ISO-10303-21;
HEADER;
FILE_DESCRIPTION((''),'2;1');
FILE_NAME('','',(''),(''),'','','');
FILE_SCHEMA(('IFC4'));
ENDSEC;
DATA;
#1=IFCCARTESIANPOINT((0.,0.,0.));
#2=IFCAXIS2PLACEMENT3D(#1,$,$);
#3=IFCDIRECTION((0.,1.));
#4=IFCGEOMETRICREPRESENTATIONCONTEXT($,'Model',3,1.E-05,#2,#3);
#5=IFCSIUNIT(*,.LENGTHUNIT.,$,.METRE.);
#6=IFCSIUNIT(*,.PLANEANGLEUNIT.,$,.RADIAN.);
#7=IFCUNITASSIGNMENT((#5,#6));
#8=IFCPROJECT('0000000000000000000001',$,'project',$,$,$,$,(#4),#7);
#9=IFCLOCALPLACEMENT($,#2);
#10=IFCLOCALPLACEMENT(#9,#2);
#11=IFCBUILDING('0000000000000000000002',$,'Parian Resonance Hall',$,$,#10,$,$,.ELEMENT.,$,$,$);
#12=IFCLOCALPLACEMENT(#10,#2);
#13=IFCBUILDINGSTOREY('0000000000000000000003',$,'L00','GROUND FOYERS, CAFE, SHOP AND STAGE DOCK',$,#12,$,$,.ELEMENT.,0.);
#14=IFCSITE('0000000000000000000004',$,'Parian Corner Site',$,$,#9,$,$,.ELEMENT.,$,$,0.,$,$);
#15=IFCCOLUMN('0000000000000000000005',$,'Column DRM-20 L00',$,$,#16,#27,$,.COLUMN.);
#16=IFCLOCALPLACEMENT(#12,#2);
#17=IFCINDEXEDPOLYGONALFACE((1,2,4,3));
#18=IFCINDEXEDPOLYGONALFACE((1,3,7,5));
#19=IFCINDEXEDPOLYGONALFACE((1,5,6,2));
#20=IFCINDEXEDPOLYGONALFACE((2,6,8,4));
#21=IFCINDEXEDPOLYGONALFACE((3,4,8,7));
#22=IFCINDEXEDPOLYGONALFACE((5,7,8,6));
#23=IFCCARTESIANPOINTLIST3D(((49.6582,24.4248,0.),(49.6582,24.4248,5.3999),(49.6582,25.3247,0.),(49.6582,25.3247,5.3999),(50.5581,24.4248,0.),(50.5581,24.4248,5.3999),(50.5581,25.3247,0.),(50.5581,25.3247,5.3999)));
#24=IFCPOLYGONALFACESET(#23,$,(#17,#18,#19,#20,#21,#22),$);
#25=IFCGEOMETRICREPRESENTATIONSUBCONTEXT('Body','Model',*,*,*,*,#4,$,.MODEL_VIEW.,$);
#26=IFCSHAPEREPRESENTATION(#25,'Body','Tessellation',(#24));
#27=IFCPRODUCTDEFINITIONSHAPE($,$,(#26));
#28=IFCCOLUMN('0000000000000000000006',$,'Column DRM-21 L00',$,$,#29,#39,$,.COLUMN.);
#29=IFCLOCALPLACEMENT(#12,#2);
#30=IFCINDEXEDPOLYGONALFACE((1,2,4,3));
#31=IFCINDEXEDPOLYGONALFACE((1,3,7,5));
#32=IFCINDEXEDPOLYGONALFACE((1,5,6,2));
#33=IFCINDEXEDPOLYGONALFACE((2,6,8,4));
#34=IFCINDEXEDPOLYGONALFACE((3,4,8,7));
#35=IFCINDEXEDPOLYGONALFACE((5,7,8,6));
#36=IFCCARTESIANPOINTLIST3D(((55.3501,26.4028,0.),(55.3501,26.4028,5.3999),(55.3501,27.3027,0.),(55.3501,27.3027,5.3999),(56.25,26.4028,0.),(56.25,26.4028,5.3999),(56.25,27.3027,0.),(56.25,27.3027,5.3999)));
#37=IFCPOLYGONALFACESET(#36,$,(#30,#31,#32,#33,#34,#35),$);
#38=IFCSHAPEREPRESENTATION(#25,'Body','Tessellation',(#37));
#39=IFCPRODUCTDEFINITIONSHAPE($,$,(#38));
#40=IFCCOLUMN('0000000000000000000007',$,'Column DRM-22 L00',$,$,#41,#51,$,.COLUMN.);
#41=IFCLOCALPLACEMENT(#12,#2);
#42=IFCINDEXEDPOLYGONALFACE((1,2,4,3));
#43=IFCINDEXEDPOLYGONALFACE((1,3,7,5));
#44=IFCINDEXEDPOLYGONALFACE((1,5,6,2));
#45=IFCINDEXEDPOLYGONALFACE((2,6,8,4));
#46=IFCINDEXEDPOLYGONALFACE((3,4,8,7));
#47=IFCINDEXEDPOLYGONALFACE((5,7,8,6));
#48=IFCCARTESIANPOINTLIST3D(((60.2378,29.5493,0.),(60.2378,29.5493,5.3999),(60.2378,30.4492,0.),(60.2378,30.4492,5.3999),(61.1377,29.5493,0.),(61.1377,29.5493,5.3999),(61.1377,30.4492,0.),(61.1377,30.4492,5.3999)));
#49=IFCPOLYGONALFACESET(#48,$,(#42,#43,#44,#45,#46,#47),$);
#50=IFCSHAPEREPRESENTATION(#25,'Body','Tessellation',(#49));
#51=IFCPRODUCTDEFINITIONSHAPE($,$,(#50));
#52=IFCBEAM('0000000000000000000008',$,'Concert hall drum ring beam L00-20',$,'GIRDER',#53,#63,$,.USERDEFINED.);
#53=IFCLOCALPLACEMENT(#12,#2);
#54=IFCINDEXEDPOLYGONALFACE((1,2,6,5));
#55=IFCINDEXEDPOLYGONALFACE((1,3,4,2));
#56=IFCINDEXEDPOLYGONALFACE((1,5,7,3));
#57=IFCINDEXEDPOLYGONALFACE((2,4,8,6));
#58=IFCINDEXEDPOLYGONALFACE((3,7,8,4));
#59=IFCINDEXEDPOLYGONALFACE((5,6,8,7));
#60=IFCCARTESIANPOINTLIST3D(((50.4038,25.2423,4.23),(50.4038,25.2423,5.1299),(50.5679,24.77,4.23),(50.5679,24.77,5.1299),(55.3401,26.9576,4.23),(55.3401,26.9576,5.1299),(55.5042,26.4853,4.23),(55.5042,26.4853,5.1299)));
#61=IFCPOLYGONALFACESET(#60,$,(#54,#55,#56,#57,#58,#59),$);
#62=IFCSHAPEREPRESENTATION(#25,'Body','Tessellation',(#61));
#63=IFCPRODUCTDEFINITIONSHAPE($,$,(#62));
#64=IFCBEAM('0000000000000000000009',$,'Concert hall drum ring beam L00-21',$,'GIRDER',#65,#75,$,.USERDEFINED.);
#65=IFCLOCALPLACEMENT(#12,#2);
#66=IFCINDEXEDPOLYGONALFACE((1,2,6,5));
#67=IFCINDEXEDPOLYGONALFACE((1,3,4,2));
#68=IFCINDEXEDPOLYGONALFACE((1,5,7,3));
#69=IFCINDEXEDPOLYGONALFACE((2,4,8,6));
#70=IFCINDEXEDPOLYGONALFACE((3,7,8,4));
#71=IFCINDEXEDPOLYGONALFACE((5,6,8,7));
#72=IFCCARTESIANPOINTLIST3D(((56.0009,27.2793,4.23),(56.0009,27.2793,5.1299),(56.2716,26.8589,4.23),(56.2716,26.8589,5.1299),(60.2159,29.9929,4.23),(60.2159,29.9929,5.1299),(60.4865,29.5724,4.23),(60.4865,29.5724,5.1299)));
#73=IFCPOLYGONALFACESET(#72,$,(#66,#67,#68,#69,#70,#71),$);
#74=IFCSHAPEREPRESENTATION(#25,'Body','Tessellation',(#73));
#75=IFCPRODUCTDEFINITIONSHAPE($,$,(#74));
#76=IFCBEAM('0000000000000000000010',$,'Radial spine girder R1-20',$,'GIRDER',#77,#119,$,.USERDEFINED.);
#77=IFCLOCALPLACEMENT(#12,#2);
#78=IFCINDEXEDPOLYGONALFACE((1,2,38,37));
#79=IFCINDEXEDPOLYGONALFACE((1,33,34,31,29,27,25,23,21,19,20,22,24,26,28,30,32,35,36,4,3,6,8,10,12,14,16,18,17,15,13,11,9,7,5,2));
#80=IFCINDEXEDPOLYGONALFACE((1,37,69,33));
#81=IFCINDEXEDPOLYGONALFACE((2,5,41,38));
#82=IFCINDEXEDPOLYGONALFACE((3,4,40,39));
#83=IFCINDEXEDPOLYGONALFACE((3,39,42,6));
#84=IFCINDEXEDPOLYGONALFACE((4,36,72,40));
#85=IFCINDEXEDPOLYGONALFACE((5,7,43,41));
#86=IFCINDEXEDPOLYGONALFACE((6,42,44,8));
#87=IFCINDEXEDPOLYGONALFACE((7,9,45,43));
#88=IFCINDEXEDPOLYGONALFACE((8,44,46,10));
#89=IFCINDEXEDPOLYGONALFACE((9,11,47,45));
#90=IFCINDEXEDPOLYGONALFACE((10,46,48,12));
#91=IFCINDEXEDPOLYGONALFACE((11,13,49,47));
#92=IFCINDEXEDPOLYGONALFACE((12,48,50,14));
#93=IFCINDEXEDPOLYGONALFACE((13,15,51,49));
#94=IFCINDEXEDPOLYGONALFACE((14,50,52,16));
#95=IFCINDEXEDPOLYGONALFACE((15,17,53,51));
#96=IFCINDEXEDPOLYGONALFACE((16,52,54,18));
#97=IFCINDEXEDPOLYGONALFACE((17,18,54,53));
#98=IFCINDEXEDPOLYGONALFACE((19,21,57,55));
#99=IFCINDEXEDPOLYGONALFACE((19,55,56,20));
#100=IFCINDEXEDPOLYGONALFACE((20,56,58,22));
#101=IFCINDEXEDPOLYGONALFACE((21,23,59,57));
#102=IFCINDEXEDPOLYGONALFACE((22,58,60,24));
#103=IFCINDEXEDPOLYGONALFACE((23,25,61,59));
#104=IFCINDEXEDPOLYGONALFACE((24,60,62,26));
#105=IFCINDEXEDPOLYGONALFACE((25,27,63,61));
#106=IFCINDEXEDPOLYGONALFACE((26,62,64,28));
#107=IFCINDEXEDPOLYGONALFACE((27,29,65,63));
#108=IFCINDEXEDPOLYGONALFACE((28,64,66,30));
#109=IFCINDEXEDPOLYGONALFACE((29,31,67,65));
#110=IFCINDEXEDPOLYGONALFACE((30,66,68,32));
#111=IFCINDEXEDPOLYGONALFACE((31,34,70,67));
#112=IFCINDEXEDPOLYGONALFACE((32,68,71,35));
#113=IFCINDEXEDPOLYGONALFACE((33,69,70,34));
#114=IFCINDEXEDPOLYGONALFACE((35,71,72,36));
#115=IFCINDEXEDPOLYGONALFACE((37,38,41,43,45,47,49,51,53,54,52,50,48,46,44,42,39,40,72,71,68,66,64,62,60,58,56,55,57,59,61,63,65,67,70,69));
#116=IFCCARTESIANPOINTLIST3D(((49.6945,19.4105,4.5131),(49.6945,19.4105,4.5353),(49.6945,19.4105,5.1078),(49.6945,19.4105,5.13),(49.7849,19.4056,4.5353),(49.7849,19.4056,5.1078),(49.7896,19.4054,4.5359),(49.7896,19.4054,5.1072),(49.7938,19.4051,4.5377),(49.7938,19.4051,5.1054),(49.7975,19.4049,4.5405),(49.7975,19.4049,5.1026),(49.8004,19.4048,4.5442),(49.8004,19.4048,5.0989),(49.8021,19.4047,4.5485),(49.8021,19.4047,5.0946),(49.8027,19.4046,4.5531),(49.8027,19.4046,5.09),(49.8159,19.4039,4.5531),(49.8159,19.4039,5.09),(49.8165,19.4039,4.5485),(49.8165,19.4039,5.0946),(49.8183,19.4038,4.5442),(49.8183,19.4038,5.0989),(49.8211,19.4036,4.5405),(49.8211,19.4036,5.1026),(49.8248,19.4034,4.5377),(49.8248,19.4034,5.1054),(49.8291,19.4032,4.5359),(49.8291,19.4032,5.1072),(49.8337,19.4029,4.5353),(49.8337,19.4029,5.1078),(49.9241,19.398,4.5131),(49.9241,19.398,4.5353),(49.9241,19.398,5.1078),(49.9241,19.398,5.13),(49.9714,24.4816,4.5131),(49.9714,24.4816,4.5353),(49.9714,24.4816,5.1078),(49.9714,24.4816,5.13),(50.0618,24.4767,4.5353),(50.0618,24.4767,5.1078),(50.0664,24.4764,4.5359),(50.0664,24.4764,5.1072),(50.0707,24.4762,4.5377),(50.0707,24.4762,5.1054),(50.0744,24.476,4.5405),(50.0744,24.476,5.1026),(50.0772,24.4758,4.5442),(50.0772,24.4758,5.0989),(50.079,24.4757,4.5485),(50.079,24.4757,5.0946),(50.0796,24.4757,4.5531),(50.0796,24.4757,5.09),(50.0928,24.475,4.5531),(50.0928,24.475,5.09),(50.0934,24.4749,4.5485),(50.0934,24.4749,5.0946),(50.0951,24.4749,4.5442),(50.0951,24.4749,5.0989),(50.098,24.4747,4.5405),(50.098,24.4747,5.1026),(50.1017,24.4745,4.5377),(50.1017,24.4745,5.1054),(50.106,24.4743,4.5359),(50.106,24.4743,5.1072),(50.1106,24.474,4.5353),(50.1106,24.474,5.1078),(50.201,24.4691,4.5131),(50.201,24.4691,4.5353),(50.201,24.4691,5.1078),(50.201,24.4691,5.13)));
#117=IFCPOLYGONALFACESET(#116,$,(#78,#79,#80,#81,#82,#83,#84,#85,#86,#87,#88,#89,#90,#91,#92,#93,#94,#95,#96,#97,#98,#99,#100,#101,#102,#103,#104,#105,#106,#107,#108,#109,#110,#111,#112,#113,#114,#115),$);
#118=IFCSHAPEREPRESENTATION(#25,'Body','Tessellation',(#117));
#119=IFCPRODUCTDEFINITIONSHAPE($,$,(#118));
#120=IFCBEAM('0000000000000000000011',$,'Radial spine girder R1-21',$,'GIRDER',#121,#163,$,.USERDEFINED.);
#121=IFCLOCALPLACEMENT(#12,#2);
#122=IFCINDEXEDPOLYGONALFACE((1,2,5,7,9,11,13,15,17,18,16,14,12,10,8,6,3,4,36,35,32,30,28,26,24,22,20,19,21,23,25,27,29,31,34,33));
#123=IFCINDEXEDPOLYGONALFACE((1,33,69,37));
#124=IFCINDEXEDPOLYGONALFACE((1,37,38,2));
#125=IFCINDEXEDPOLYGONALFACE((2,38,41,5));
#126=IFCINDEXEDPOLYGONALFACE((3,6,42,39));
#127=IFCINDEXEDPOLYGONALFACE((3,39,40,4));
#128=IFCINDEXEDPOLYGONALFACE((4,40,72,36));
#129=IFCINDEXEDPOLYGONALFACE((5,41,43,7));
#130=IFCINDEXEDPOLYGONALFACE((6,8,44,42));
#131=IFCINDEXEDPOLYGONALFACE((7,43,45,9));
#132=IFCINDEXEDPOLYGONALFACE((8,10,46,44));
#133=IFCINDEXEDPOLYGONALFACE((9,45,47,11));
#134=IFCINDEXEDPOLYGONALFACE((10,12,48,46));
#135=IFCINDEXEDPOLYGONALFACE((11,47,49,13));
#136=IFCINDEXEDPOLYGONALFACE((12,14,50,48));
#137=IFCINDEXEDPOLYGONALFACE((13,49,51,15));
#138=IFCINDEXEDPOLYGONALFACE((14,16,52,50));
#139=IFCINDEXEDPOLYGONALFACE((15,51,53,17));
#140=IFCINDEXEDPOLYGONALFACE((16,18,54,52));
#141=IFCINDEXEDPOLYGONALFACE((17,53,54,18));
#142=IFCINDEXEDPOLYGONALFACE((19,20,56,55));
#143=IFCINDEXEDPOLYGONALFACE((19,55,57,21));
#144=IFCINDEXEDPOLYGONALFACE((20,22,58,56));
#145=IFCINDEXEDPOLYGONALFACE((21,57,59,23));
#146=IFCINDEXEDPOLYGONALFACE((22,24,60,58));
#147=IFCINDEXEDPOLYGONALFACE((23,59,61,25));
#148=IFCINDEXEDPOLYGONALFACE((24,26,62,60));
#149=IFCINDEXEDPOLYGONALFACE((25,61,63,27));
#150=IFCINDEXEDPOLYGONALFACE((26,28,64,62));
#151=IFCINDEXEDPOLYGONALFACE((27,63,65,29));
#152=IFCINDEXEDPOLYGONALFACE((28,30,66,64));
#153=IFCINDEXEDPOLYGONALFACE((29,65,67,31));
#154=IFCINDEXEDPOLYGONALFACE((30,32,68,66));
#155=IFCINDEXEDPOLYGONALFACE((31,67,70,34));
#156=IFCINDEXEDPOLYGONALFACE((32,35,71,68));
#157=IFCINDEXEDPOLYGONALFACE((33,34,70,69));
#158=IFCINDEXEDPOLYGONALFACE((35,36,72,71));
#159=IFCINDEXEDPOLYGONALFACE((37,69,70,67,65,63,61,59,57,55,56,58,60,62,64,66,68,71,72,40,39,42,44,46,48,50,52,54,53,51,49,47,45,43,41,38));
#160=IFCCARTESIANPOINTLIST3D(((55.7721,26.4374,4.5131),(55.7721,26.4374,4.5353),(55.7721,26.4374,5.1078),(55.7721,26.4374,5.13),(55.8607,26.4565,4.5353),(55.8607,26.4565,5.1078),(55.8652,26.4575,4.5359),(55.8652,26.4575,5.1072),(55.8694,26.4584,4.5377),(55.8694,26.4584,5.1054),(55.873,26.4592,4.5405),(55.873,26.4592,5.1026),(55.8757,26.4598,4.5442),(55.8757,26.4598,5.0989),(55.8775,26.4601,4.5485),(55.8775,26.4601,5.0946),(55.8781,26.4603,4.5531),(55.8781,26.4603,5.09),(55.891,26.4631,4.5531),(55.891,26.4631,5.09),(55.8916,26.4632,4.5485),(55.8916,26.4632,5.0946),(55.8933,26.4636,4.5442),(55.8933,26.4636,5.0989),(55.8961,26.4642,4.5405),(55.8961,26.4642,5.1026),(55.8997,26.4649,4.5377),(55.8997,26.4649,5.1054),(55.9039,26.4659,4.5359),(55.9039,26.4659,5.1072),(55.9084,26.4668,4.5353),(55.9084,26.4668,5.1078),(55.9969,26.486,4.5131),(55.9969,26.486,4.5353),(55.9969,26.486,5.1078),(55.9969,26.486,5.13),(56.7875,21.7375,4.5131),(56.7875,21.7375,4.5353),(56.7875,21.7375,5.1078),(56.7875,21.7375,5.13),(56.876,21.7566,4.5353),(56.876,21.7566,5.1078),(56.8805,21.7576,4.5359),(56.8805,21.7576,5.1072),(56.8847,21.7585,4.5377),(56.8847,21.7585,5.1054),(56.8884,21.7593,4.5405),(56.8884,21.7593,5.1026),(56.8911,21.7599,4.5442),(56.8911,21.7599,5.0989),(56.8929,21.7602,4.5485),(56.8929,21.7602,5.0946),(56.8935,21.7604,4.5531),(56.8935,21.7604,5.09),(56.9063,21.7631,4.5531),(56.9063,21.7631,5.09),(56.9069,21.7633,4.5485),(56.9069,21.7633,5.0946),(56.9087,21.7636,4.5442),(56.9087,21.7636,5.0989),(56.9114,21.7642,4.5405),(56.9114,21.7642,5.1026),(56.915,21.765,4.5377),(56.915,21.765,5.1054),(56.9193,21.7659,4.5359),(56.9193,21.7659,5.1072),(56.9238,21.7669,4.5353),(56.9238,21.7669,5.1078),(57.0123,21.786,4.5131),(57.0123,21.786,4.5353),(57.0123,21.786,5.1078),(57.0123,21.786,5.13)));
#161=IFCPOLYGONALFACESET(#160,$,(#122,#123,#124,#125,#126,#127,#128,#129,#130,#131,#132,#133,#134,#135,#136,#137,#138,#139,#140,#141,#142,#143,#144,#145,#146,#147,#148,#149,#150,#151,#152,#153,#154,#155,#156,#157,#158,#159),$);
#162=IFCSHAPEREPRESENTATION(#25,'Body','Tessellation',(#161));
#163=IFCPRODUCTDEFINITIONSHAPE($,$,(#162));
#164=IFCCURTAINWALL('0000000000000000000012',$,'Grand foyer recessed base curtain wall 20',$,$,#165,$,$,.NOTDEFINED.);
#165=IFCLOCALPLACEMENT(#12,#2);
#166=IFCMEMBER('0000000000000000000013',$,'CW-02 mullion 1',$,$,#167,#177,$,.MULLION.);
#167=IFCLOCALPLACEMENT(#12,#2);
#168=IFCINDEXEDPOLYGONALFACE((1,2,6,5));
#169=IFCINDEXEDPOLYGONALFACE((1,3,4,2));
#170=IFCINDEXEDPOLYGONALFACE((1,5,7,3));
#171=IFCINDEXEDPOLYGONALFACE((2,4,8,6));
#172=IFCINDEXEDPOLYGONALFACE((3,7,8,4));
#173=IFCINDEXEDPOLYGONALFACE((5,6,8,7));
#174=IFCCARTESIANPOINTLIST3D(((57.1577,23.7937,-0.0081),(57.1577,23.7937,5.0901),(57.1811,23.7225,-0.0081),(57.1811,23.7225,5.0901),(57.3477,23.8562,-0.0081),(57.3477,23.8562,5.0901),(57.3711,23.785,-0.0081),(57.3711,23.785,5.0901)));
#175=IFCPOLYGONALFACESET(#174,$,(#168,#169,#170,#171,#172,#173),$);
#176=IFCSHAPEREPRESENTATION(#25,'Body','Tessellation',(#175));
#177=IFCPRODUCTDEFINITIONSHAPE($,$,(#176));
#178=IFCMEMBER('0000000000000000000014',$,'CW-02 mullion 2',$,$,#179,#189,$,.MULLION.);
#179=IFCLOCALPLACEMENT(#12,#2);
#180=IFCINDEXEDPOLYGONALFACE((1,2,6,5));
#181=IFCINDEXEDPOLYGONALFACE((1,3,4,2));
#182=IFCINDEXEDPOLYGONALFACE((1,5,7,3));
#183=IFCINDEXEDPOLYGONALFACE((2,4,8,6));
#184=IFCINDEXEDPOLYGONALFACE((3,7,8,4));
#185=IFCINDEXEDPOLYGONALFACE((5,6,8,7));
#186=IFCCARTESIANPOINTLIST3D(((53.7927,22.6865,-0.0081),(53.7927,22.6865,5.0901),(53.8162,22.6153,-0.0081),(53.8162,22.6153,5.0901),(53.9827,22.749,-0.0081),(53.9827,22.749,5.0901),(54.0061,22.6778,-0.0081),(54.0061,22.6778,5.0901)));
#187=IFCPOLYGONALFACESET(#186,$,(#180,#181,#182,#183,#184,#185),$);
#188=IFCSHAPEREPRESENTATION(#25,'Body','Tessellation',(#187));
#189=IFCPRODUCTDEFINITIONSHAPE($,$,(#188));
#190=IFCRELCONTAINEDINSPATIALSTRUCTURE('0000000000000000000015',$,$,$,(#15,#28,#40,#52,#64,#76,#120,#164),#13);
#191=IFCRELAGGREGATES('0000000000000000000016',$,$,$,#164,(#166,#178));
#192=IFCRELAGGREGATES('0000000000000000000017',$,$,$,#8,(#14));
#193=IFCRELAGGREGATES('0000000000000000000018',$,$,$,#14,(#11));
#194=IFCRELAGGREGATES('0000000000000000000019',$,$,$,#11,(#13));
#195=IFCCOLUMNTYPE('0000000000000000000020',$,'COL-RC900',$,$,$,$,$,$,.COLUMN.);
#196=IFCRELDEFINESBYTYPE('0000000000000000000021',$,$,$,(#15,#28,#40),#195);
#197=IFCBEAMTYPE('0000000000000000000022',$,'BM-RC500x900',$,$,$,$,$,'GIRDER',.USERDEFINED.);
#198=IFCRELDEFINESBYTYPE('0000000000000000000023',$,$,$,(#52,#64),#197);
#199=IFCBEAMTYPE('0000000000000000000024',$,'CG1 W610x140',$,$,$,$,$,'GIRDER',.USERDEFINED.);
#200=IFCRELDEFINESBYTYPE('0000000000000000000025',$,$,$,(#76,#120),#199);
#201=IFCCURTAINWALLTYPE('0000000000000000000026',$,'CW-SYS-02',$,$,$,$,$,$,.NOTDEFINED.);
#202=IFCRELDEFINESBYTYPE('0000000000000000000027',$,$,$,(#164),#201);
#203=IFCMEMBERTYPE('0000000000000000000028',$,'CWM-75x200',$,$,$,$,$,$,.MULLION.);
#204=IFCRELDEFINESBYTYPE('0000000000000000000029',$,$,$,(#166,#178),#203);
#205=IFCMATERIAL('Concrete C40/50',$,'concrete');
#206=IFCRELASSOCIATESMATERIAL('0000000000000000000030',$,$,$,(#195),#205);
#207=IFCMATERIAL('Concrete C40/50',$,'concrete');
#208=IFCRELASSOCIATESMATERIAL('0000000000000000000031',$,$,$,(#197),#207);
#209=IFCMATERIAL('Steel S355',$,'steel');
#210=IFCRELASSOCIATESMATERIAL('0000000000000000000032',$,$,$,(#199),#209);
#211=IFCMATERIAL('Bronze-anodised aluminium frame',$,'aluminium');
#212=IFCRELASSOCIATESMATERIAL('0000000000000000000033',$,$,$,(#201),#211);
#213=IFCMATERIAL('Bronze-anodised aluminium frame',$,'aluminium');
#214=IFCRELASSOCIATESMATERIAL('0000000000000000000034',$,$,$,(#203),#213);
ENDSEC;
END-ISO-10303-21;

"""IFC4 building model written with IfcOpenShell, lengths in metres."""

from ifc_helpers import new_model, si_unit, direction, frame, origin, origin_2d, place, context, subcontext, project, spatial, rectangle, i_section, extrude, material, material_profile, profile_set, type_object, element, aggregate, save


model = new_model("IFC4")

# Units and contexts
model_context = context("Model", 3, precision=1e-05, world=origin(), true_north=direction((0.0, 1.0)))
body_context = subcontext(model_context, "Body", "Model", "MODEL_VIEW")
ifc_project = project(units=[si_unit("LENGTHUNIT", "METRE"), si_unit("PLANEANGLEUNIT", "RADIAN")], contexts=[model_context])

# Site, building, storey
site_placement = place(None, origin())
site = spatial("IfcSite", under=ifc_project, at=site_placement, Name="Parian Corner Site", CompositionType="ELEMENT", RefElevation=0.0)
building_placement = place(site_placement, origin())
building = spatial("IfcBuilding", under=site, at=building_placement, Name="Parian Resonance Hall", CompositionType="ELEMENT")
storey_placement = place(building_placement, origin())
storey = spatial("IfcBuildingStorey", under=building, at=storey_placement, Name="L00", Description="GROUND FOYERS, CAFE, SHOP AND STAGE DOCK", CompositionType="ELEMENT", Elevation=0.0)

# Columns
ifc_material_1 = material(Name="Concrete C40/50", Category="concrete")
ifc_material_profile_1 = material_profile(ifc_material_1, rectangle(XDim=0.8999, YDim=0.8999, at=origin_2d()), Name="RC-COL-900x900")
ifc_profile_set_1 = profile_set([ifc_material_profile_1], Name="Concrete C40/50")
column_type = type_object("IfcColumnType", Name="COL-RC900", PredefinedType="COLUMN", material=ifc_profile_set_1)
for number, where, z_axis, x_axis, name in (
    (1, (50.1082, 24.8748, 0.0), (0.0, 0.0, 1.0), (1.0, 0.0, 0.0), "Column DRM-20 L00"),
    (2, (55.8, 26.8528, 0.0), (0.0, 0.0, 1.0), (1.0, 0.0, 0.0), "Column DRM-21 L00"),
    (3, (60.6877, 29.9993, 0.0), (0.0, 0.0, 1.0), (1.0, 0.0, 0.0), "Column DRM-22 L00"),
):
    element("IfcColumn", number, at=place(storey_placement, frame(where, z_axis=z_axis, x_axis=x_axis)), inside=storey, type_object=column_type, Name=name, PredefinedType="COLUMN", context=body_context, shape_type="SweptSolid", body=[
        extrude(rectangle(XDim=0.8999, YDim=0.8999, at=origin_2d()), origin(), (0.0, 0.0, 1.0), 5.3999),
    ])

# Beams
ifc_material_2 = material(Name="Concrete C40/50", Category="concrete")
ifc_material_profile_2 = material_profile(ifc_material_2, rectangle(XDim=0.5, YDim=0.8999, at=origin_2d()), Name="RC-BM-500x900")
ifc_profile_set_2 = profile_set([ifc_material_profile_2], Name="Concrete C40/50")
beam_type_1 = type_object("IfcBeamType", Name="BM-RC500x900", ElementType="GIRDER", PredefinedType="USERDEFINED", material=ifc_profile_set_2)
beam_1_placement = place(storey_placement, frame((50.4858, 25.0061, 4.6799), z_axis=(0.944594, 0.328242, 0.0), x_axis=(-0.328242, 0.944594, 0.0)))
element("IfcBeam", 4, at=beam_1_placement, inside=storey, type_object=beam_type_1, Name="Concert hall drum ring beam L00-20", ObjectType="GIRDER", PredefinedType="USERDEFINED", context=body_context, shape_type="SweptSolid", body=[
    extrude(rectangle(XDim=0.5, YDim=0.8999, at=origin_2d()), origin(), (0.0, 0.0, 1.0), 5.2258),
])
beam_2_placement = place(storey_placement, frame((56.1362, 27.0691, 4.6799), z_axis=(0.840822, 0.541311, 0.0), x_axis=(-0.541311, 0.840822, 0.0)))
element("IfcBeam", 5, at=beam_2_placement, inside=storey, type_object=beam_type_1, Name="Concert hall drum ring beam L00-21", ObjectType="GIRDER", PredefinedType="USERDEFINED", context=body_context, shape_type="SweptSolid", body=[
    extrude(rectangle(XDim=0.5, YDim=0.8999, at=origin_2d()), origin(), (0.0, 0.0, 1.0), 5.0129),
])
ifc_material_3 = material(Name="Steel S355", Category="steel")
ifc_material_profile_3 = material_profile(ifc_material_3, i_section(OverallWidth=0.23, OverallDepth=0.6169, WebThickness=0.0132, FlangeThickness=0.0222, FilletRadius=0.0178, at=origin_2d()), Name="W610x140")
ifc_profile_set_3 = profile_set([ifc_material_profile_3], Name="Steel S355")
beam_type_2 = type_object("IfcBeamType", Name="CG1 W610x140", ElementType="GIRDER", PredefinedType="USERDEFINED", material=ifc_profile_set_3)
beam_3_placement = place(storey_placement, frame((50.0862, 24.4753, 4.8215), z_axis=(-0.054514, -0.998513, 0.0), x_axis=(0.998513, -0.054514, 0.0)))
element("IfcBeam", 6, at=beam_3_placement, inside=storey, type_object=beam_type_2, Name="Radial spine girder R1-20", ObjectType="GIRDER", PredefinedType="USERDEFINED", context=body_context, shape_type="SweptSolid", body=[
    extrude(i_section(OverallWidth=0.23, OverallDepth=0.6169, WebThickness=0.0132, FlangeThickness=0.0222, FilletRadius=0.0178, at=origin_2d()), origin(), (0.0, 0.0, 1.0), 5.0786),
])
beam_4_placement = place(storey_placement, frame((55.8845, 26.4617, 4.8215), z_axis=(0.211169, -0.97745, 0.0), x_axis=(0.97745, 0.211169, 0.0)))
element("IfcBeam", 7, at=beam_4_placement, inside=storey, type_object=beam_type_2, Name="Radial spine girder R1-21", ObjectType="GIRDER", PredefinedType="USERDEFINED", context=body_context, shape_type="SweptSolid", body=[
    extrude(i_section(OverallWidth=0.23, OverallDepth=0.6169, WebThickness=0.0132, FlangeThickness=0.0222, FilletRadius=0.0178, at=origin_2d()), origin(), (0.0, 0.0, 1.0), 4.8083),
])

# Curtain wall, members
ifc_material_4 = material(Name="Bronze-anodised aluminium frame", Category="aluminium")
curtain_wall_type = type_object("IfcCurtainWallType", Name="CW-SYS-02", PredefinedType="NOTDEFINED", material=ifc_material_4)
curtain_wall_placement = place(storey_placement, origin())
curtain_wall = element("IfcCurtainWall", 8, at=curtain_wall_placement, inside=storey, type_object=curtain_wall_type, Name="Grand foyer recessed base curtain wall 20", PredefinedType="NOTDEFINED")
ifc_material_5 = material(Name="Bronze-anodised aluminium frame", Category="aluminium")
ifc_material_profile_4 = material_profile(ifc_material_5, rectangle(XDim=0.075, YDim=0.2, at=origin_2d()), Name="CWM-75x200")
ifc_profile_set_4 = profile_set([ifc_material_profile_4], Name="Bronze-anodised aluminium frame")
member_type_1 = type_object("IfcMemberType", Name="CWM-75x200", PredefinedType="MULLION", material=ifc_profile_set_4)
member_1_placement = place(storey_placement, frame((57.2644, 23.7893, -0.0081), z_axis=(0.0, 0.0, 1.0), x_axis=(0.31253, -0.949908, 0.0)))
member_1 = element("IfcMember", 9, at=member_1_placement, type_object=member_type_1, Name="CW-02 mullion 1", PredefinedType="MULLION", context=body_context, shape_type="SweptSolid", body=[
    extrude(rectangle(XDim=0.075, YDim=0.2, at=origin_2d()), origin(), (0.0, 0.0, 1.0), 5.0981),
])
member_2_placement = place(storey_placement, frame((53.8994, 22.6821, -0.0081), z_axis=(0.0, 0.0, 1.0), x_axis=(0.31253, -0.949908, 0.0)))
member_2 = element("IfcMember", 10, at=member_2_placement, type_object=member_type_1, Name="CW-02 mullion 2", PredefinedType="MULLION", context=body_context, shape_type="SweptSolid", body=[
    extrude(rectangle(XDim=0.075, YDim=0.2, at=origin_2d()), origin(), (0.0, 0.0, 1.0), 5.0981),
])
aggregate(curtain_wall, [member_1, member_2])

save(model, "model.ifc")
